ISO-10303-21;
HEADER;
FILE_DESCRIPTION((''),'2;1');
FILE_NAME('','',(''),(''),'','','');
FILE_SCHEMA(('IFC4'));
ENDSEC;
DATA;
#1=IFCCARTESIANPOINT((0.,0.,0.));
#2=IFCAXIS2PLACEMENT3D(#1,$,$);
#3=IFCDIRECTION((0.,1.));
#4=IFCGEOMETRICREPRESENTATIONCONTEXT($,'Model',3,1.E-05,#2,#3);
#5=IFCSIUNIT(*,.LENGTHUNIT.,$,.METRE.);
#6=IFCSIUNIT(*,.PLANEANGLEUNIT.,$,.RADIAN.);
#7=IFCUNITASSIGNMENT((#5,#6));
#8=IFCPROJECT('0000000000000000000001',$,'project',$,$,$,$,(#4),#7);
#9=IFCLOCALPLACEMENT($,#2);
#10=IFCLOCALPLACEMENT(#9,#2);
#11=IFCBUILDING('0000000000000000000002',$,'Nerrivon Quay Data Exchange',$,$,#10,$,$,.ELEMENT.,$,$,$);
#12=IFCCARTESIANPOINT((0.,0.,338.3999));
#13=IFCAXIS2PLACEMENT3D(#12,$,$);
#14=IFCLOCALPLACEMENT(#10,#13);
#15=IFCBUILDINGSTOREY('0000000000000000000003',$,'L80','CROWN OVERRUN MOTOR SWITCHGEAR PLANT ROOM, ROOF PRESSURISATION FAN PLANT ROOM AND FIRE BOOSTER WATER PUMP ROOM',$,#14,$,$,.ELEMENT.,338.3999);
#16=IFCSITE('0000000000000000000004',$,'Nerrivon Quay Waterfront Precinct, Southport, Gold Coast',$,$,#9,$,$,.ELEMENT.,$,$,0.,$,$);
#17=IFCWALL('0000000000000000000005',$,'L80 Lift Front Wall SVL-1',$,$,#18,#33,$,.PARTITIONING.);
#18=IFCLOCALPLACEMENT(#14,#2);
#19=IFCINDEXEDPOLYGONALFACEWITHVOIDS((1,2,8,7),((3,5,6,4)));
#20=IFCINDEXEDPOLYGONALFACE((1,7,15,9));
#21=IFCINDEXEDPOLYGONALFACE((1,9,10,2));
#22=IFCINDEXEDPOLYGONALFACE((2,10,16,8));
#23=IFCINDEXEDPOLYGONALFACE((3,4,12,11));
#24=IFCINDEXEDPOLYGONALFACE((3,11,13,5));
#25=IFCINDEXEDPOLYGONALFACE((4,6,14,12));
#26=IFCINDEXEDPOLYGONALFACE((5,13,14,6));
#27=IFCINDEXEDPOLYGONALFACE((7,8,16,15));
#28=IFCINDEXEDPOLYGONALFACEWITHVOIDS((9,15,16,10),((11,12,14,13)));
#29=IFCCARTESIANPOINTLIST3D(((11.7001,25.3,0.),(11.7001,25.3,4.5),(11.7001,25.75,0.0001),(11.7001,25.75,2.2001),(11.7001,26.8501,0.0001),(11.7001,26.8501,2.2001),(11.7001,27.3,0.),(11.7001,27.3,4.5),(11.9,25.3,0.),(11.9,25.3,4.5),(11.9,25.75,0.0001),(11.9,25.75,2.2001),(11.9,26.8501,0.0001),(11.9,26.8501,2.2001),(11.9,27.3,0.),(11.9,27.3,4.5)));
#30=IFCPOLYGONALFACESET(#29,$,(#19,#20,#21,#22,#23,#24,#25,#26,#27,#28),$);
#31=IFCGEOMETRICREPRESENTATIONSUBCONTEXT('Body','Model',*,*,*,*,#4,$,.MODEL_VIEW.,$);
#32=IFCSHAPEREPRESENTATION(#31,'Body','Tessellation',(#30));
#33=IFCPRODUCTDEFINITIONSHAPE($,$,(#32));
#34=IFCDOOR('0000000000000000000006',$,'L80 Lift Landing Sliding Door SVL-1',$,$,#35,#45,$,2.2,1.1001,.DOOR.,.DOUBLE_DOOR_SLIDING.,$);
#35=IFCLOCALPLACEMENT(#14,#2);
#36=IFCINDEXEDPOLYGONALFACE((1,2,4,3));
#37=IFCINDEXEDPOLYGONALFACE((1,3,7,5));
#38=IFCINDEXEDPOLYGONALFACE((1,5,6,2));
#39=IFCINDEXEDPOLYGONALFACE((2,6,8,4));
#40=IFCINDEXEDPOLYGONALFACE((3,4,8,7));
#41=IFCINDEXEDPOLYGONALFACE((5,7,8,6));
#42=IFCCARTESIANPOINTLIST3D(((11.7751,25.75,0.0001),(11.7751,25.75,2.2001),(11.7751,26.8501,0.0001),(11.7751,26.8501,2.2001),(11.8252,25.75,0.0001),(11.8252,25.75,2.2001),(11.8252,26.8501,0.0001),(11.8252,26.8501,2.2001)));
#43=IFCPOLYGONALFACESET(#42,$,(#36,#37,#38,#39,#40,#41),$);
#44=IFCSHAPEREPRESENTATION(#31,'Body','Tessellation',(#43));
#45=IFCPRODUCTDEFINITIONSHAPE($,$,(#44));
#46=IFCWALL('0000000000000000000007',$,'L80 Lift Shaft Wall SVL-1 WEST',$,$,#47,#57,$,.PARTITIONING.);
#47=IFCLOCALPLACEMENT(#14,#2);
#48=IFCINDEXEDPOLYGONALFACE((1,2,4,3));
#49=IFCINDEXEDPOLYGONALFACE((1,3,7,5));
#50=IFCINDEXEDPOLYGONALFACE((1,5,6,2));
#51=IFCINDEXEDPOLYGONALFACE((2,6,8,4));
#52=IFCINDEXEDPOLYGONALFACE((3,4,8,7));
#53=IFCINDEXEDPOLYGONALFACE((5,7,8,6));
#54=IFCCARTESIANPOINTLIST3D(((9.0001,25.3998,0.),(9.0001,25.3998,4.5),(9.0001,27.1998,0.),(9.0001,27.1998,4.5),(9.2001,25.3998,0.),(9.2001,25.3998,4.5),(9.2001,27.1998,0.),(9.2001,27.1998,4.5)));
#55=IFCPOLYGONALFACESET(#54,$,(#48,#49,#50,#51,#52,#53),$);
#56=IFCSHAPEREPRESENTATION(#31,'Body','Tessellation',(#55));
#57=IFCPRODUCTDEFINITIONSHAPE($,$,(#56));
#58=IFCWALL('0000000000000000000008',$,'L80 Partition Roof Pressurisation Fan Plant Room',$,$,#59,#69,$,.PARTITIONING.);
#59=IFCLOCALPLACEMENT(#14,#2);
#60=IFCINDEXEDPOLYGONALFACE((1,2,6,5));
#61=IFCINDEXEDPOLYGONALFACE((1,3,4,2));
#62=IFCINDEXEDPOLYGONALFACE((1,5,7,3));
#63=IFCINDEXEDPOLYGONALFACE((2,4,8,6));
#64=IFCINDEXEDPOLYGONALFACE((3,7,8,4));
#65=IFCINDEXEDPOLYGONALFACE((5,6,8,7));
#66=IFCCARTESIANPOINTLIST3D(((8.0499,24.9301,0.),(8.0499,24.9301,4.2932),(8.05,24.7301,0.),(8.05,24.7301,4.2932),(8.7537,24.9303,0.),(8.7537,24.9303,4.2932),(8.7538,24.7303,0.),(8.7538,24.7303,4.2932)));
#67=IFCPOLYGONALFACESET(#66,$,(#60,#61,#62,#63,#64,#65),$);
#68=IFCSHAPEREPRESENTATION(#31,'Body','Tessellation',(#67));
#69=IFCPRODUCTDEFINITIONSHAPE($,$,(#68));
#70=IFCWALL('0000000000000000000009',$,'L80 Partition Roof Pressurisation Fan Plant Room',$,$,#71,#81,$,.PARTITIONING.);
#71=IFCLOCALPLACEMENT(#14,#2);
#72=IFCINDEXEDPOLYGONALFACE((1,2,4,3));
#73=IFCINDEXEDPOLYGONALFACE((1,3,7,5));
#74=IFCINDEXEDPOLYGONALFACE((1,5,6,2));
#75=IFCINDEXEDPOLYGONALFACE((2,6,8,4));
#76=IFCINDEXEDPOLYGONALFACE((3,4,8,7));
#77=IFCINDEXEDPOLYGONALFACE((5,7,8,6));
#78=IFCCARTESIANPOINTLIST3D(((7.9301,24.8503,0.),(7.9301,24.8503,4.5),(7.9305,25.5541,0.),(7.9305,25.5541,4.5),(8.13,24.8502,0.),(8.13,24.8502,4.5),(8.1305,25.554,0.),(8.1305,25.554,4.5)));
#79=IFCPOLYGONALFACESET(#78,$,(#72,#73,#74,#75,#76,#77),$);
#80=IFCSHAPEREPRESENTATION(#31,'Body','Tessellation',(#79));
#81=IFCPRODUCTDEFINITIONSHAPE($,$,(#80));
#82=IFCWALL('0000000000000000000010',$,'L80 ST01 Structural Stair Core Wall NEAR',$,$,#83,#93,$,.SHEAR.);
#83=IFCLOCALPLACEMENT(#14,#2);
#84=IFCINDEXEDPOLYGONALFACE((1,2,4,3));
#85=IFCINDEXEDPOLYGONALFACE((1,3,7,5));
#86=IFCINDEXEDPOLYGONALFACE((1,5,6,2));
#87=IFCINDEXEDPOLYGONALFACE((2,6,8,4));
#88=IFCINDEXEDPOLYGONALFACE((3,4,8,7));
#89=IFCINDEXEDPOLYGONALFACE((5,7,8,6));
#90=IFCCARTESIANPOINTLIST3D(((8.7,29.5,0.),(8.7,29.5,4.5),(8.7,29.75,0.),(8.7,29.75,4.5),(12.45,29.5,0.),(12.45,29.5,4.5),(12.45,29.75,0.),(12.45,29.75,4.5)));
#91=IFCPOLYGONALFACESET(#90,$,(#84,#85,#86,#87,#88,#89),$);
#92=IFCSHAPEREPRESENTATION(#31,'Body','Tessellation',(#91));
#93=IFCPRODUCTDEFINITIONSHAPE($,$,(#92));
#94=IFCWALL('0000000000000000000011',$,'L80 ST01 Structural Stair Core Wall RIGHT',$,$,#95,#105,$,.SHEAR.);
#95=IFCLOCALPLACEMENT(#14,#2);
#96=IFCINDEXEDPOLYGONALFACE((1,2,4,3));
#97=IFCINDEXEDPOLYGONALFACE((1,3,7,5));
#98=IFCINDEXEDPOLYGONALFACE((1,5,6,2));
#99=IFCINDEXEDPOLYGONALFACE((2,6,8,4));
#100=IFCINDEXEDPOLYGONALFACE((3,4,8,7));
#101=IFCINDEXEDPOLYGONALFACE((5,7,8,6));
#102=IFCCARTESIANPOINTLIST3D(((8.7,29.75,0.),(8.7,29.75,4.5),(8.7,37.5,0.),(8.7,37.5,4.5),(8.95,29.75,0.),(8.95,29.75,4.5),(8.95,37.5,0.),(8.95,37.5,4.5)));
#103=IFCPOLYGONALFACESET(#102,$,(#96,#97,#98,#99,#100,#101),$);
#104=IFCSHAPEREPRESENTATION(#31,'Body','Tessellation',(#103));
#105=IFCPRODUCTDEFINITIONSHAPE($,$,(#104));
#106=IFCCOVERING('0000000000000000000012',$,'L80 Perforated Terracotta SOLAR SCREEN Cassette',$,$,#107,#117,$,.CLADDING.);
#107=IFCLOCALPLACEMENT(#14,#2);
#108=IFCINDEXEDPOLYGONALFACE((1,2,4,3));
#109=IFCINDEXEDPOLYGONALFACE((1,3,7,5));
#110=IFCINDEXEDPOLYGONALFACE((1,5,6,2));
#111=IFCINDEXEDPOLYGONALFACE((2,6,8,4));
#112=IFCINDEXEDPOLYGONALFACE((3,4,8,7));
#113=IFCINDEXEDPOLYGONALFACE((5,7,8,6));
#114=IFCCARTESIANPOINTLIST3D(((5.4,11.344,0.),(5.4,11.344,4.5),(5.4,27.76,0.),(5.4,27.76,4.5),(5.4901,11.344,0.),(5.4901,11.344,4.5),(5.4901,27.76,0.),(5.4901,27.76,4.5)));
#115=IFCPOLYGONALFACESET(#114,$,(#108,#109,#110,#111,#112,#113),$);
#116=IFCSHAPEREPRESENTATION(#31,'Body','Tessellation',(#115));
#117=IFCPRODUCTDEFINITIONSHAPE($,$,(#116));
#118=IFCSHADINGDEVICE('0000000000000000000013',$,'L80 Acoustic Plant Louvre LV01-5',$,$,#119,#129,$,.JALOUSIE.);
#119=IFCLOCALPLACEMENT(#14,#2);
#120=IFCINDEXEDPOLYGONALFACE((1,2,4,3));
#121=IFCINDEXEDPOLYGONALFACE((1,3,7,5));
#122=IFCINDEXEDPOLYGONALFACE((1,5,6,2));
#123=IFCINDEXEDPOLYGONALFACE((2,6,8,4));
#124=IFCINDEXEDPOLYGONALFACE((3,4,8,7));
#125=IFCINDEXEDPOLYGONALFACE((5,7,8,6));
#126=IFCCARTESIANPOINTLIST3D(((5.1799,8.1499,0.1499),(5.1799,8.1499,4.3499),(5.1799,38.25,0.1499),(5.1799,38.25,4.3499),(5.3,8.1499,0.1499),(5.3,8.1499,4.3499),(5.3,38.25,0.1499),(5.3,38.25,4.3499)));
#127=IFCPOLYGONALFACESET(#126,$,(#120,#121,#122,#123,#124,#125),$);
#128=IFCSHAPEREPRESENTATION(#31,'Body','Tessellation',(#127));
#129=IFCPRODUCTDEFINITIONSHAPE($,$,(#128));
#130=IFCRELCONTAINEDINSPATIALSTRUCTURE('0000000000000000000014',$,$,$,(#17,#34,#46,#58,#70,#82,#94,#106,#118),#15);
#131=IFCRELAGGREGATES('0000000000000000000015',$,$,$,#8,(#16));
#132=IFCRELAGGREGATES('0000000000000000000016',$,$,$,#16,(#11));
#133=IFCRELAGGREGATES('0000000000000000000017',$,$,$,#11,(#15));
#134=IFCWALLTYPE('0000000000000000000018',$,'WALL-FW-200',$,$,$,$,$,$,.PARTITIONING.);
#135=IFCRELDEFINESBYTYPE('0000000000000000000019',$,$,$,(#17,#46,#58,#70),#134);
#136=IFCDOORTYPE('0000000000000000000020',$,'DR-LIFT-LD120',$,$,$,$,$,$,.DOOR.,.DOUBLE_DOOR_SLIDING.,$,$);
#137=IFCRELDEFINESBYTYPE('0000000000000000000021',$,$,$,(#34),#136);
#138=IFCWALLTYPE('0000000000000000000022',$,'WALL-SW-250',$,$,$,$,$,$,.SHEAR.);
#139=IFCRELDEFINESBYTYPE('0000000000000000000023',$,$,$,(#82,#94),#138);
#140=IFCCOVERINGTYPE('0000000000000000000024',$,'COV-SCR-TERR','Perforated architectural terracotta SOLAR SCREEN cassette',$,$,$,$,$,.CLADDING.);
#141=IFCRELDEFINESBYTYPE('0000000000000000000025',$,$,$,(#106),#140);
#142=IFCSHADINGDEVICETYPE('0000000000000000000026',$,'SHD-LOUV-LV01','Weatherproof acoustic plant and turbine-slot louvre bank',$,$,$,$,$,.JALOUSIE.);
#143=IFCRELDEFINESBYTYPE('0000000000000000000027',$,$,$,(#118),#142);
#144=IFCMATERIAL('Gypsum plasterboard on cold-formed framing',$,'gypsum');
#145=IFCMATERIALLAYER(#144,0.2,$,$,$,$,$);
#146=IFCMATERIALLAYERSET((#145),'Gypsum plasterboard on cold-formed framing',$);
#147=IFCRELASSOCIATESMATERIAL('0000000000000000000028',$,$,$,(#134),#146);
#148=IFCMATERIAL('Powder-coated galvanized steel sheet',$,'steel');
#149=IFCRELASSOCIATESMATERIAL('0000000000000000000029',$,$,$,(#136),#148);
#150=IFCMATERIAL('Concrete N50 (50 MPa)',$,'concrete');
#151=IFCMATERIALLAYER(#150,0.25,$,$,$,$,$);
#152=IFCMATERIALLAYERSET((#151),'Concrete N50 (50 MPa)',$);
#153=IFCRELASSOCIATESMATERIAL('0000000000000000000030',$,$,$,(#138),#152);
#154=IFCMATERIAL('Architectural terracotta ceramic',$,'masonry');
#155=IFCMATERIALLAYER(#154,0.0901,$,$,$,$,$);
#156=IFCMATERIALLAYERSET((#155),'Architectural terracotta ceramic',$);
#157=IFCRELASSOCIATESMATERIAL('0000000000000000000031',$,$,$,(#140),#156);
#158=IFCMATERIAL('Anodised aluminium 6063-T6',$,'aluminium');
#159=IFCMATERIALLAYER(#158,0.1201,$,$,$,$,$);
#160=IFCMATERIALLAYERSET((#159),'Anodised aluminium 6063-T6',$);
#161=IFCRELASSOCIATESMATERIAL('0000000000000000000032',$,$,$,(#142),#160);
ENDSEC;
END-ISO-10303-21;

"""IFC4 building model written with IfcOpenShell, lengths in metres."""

from ifc_helpers import new_model, si_unit, direction, frame, frame_2d, origin, origin_2d, place, context, subcontext, project, spatial, rectangle, extrude, material, layer, layer_set, type_object, element, fill, save


model = new_model("IFC4")

# Units and contexts
model_context = context("Model", 3, precision=1e-05, world=origin(), true_north=direction((0.0, 1.0)))
body_context = subcontext(model_context, "Body", "Model", "MODEL_VIEW")
ifc_project = project(units=[si_unit("LENGTHUNIT", "METRE"), si_unit("PLANEANGLEUNIT", "RADIAN")], contexts=[model_context])

# Site, building, storey
site_placement = place(None, origin())
site = spatial("IfcSite", under=ifc_project, at=site_placement, Name="Nerrivon Quay Waterfront Precinct, Southport, Gold Coast", CompositionType="ELEMENT", RefElevation=0.0)
building_placement = place(site_placement, origin())
building = spatial("IfcBuilding", under=site, at=building_placement, Name="Nerrivon Quay Data Exchange", CompositionType="ELEMENT")
storey_placement = place(building_placement, frame((0.0, 0.0, 338.3999)))
storey = spatial("IfcBuildingStorey", under=building, at=storey_placement, Name="L80", Description="CROWN OVERRUN MOTOR SWITCHGEAR PLANT ROOM, ROOF PRESSURISATION FAN PLANT ROOM AND FIRE BOOSTER WATER PUMP ROOM", CompositionType="ELEMENT", Elevation=338.3999)

# Shared definitions
ifc_material_1 = material(Name="Concrete N50 (50 MPa)", Category="concrete")

# Shared definitions
ifc_material_2 = material(Name="Powder-coated galvanized steel sheet", Category="steel")
ifc_material_3 = material(Name="Gypsum plasterboard on cold-formed framing", Category="gypsum")
ifc_layer_1 = layer(ifc_material_3, 0.2)
ifc_layer_set_1 = layer_set([ifc_layer_1], Name="Gypsum plasterboard on cold-formed framing")
wall_type_1 = type_object("IfcWallType", Name="WALL-FW-200", PredefinedType="PARTITIONING", material=ifc_layer_set_1)
door_type_1 = type_object("IfcDoorType", Name="DR-LIFT-LD120", OperationType="DOUBLE_DOOR_SLIDING", PredefinedType="DOOR", material=ifc_material_2)

# Wall, opening, door
wall_1_placement = place(storey_placement, frame((11.8, 25.3, 0.0), z_axis=(0.0, 0.0, 1.0), x_axis=(0.0, 1.0, 0.0)))
wall_1 = element("IfcWall", 1, at=wall_1_placement, inside=storey, type_object=wall_type_1, Name="L80 Lift Front Wall SVL-1", PredefinedType="PARTITIONING", context=body_context, shape_type="SweptSolid", body=[
    extrude(rectangle(XDim=2.0, YDim=0.2, at=frame_2d((1.0, 0.0))), origin(), (0.0, 0.0, 1.0), 4.5),
])
opening_1_placement = place(wall_1_placement, frame((0.45, 0.0, 0.0)))
opening_1 = element("IfcOpeningElement", 2, at=opening_1_placement, cuts=wall_1, PredefinedType="OPENING", context=body_context, shape_type="SweptSolid", body=[
    extrude(rectangle(XDim=1.1001, YDim=2.2, at=frame_2d((0.55, 1.1001))), frame((0.0, 0.1099, 0.0), z_axis=(0.0, -1.0, 0.0), x_axis=(1.0, 0.0, 0.0)), (0.0, 0.0, 1.0), 0.22),
])
door_1_placement = place(opening_1_placement, origin())
door_1 = element("IfcDoor", 3, at=door_1_placement, inside=storey, type_object=door_type_1, Name="L80 Lift Landing Sliding Door SVL-1", OperationType="DOUBLE_DOOR_SLIDING", OverallHeight=2.2, OverallWidth=1.1001, PredefinedType="DOOR", context=body_context, shape_type="SweptSolid", body=[
    extrude(rectangle(XDim=1.1001, YDim=2.2, at=frame_2d((0.55, 1.1001))), frame((0.0, 0.0249, 0.0), z_axis=(0.0, -1.0, 0.0), x_axis=(1.0, 0.0, 0.0)), (0.0, 0.0, 1.0), 0.05),
])
fill(opening_1, door_1)

# Wall
wall_2_placement = place(storey_placement, frame((9.1001, 25.3999, 0.0), z_axis=(0.0, 0.0, 1.0), x_axis=(0.0, 1.0, 0.0)))
element("IfcWall", 4, at=wall_2_placement, inside=storey, type_object=wall_type_1, Name="L80 Lift Shaft Wall SVL-1 WEST", PredefinedType="PARTITIONING", context=body_context, shape_type="SweptSolid", body=[
    extrude(rectangle(XDim=1.8, YDim=0.2, at=frame_2d((0.8999, 0.0))), origin(), (0.0, 0.0, 1.0), 4.5),
])

# Walls
wall_3_placement = place(storey_placement, frame((8.7539, 24.8303, 0.0), z_axis=(0.0, 0.0, 1.0), x_axis=(-1.0, -0.000347, 0.0)))
element("IfcWall", 5, at=wall_3_placement, inside=storey, type_object=wall_type_1, Name="L80 Partition Roof Pressurisation Fan Plant Room", PredefinedType="PARTITIONING", context=body_context, shape_type="SweptSolid", body=[
    extrude(rectangle(XDim=0.7039, YDim=0.2, at=frame_2d((0.3521, 0.0))), origin(), (0.0, 0.0, 1.0), 4.2932),
])
wall_4_placement = place(storey_placement, frame((8.03, 24.8501, 0.0), z_axis=(0.0, 0.0, 1.0), x_axis=(0.000694, 1.0, 0.0)))
element("IfcWall", 6, at=wall_4_placement, inside=storey, type_object=wall_type_1, Name="L80 Partition Roof Pressurisation Fan Plant Room", PredefinedType="PARTITIONING", context=body_context, shape_type="SweptSolid", body=[
    extrude(rectangle(XDim=0.7039, YDim=0.2, at=frame_2d((0.3521, 0.0))), origin(), (0.0, 0.0, 1.0), 4.5),
])
ifc_layer_2 = layer(ifc_material_1, 0.25)
ifc_layer_set_2 = layer_set([ifc_layer_2], Name="Concrete N50 (50 MPa)")
wall_type_2 = type_object("IfcWallType", Name="WALL-SW-250", PredefinedType="SHEAR", material=ifc_layer_set_2)
wall_5_placement = place(storey_placement, frame((12.45, 29.625, 0.0), z_axis=(0.0, 0.0, 1.0), x_axis=(-1.0, 0.0, 0.0)))
element("IfcWall", 7, at=wall_5_placement, inside=storey, type_object=wall_type_2, Name="L80 ST01 Structural Stair Core Wall NEAR", PredefinedType="SHEAR", context=body_context, shape_type="SweptSolid", body=[
    extrude(rectangle(XDim=3.75, YDim=0.25, at=frame_2d((1.875, 0.0))), origin(), (0.0, 0.0, 1.0), 4.5),
])
wall_6_placement = place(storey_placement, frame((8.825, 29.75, 0.0), z_axis=(0.0, 0.0, 1.0), x_axis=(0.0, 1.0, 0.0)))
element("IfcWall", 8, at=wall_6_placement, inside=storey, type_object=wall_type_2, Name="L80 ST01 Structural Stair Core Wall RIGHT", PredefinedType="SHEAR", context=body_context, shape_type="SweptSolid", body=[
    extrude(rectangle(XDim=7.75, YDim=0.25, at=frame_2d((3.875, 0.0))), origin(), (0.0, 0.0, 1.0), 4.5),
])

# Covering
ifc_material_4 = material(Name="Architectural terracotta ceramic", Category="masonry")
ifc_layer_3 = layer(ifc_material_4, 0.0901)
ifc_layer_set_3 = layer_set([ifc_layer_3], Name="Architectural terracotta ceramic")
covering_type = type_object("IfcCoveringType", Name="COV-SCR-TERR", Description="Perforated architectural terracotta SOLAR SCREEN cassette", PredefinedType="CLADDING", material=ifc_layer_set_3)
covering_placement = place(storey_placement, frame((5.4451, 19.552, 0.0), z_axis=(0.0, 0.0, 1.0), x_axis=(0.0, 1.0, 0.0)))
element("IfcCovering", 9, at=covering_placement, inside=storey, type_object=covering_type, Name="L80 Perforated Terracotta SOLAR SCREEN Cassette", PredefinedType="CLADDING", context=body_context, shape_type="SweptSolid", body=[
    extrude(rectangle(XDim=16.416, YDim=0.0901, at=origin_2d()), origin(), (0.0, 0.0, 1.0), 4.5),
])

# Shading device
ifc_material_5 = material(Name="Anodised aluminium 6063-T6", Category="aluminium")
ifc_layer_4 = layer(ifc_material_5, 0.1201)
ifc_layer_set_4 = layer_set([ifc_layer_4], Name="Anodised aluminium 6063-T6")
shading_device_type = type_object("IfcShadingDeviceType", Name="SHD-LOUV-LV01", Description="Weatherproof acoustic plant and turbine-slot louvre bank", PredefinedType="JALOUSIE", material=ifc_layer_set_4)
shading_device_placement = place(storey_placement, frame((5.24, 23.2, 0.1499), z_axis=(0.0, 0.0, 1.0), x_axis=(0.0, 1.0, 0.0)))
element("IfcShadingDevice", 10, at=shading_device_placement, inside=storey, type_object=shading_device_type, Name="L80 Acoustic Plant Louvre LV01-5", PredefinedType="JALOUSIE", context=body_context, shape_type="SweptSolid", body=[
    extrude(rectangle(XDim=30.1001, YDim=0.1201, at=origin_2d()), origin(), (0.0, 0.0, 1.0), 4.2),
])

save(model, "model.ifc")
